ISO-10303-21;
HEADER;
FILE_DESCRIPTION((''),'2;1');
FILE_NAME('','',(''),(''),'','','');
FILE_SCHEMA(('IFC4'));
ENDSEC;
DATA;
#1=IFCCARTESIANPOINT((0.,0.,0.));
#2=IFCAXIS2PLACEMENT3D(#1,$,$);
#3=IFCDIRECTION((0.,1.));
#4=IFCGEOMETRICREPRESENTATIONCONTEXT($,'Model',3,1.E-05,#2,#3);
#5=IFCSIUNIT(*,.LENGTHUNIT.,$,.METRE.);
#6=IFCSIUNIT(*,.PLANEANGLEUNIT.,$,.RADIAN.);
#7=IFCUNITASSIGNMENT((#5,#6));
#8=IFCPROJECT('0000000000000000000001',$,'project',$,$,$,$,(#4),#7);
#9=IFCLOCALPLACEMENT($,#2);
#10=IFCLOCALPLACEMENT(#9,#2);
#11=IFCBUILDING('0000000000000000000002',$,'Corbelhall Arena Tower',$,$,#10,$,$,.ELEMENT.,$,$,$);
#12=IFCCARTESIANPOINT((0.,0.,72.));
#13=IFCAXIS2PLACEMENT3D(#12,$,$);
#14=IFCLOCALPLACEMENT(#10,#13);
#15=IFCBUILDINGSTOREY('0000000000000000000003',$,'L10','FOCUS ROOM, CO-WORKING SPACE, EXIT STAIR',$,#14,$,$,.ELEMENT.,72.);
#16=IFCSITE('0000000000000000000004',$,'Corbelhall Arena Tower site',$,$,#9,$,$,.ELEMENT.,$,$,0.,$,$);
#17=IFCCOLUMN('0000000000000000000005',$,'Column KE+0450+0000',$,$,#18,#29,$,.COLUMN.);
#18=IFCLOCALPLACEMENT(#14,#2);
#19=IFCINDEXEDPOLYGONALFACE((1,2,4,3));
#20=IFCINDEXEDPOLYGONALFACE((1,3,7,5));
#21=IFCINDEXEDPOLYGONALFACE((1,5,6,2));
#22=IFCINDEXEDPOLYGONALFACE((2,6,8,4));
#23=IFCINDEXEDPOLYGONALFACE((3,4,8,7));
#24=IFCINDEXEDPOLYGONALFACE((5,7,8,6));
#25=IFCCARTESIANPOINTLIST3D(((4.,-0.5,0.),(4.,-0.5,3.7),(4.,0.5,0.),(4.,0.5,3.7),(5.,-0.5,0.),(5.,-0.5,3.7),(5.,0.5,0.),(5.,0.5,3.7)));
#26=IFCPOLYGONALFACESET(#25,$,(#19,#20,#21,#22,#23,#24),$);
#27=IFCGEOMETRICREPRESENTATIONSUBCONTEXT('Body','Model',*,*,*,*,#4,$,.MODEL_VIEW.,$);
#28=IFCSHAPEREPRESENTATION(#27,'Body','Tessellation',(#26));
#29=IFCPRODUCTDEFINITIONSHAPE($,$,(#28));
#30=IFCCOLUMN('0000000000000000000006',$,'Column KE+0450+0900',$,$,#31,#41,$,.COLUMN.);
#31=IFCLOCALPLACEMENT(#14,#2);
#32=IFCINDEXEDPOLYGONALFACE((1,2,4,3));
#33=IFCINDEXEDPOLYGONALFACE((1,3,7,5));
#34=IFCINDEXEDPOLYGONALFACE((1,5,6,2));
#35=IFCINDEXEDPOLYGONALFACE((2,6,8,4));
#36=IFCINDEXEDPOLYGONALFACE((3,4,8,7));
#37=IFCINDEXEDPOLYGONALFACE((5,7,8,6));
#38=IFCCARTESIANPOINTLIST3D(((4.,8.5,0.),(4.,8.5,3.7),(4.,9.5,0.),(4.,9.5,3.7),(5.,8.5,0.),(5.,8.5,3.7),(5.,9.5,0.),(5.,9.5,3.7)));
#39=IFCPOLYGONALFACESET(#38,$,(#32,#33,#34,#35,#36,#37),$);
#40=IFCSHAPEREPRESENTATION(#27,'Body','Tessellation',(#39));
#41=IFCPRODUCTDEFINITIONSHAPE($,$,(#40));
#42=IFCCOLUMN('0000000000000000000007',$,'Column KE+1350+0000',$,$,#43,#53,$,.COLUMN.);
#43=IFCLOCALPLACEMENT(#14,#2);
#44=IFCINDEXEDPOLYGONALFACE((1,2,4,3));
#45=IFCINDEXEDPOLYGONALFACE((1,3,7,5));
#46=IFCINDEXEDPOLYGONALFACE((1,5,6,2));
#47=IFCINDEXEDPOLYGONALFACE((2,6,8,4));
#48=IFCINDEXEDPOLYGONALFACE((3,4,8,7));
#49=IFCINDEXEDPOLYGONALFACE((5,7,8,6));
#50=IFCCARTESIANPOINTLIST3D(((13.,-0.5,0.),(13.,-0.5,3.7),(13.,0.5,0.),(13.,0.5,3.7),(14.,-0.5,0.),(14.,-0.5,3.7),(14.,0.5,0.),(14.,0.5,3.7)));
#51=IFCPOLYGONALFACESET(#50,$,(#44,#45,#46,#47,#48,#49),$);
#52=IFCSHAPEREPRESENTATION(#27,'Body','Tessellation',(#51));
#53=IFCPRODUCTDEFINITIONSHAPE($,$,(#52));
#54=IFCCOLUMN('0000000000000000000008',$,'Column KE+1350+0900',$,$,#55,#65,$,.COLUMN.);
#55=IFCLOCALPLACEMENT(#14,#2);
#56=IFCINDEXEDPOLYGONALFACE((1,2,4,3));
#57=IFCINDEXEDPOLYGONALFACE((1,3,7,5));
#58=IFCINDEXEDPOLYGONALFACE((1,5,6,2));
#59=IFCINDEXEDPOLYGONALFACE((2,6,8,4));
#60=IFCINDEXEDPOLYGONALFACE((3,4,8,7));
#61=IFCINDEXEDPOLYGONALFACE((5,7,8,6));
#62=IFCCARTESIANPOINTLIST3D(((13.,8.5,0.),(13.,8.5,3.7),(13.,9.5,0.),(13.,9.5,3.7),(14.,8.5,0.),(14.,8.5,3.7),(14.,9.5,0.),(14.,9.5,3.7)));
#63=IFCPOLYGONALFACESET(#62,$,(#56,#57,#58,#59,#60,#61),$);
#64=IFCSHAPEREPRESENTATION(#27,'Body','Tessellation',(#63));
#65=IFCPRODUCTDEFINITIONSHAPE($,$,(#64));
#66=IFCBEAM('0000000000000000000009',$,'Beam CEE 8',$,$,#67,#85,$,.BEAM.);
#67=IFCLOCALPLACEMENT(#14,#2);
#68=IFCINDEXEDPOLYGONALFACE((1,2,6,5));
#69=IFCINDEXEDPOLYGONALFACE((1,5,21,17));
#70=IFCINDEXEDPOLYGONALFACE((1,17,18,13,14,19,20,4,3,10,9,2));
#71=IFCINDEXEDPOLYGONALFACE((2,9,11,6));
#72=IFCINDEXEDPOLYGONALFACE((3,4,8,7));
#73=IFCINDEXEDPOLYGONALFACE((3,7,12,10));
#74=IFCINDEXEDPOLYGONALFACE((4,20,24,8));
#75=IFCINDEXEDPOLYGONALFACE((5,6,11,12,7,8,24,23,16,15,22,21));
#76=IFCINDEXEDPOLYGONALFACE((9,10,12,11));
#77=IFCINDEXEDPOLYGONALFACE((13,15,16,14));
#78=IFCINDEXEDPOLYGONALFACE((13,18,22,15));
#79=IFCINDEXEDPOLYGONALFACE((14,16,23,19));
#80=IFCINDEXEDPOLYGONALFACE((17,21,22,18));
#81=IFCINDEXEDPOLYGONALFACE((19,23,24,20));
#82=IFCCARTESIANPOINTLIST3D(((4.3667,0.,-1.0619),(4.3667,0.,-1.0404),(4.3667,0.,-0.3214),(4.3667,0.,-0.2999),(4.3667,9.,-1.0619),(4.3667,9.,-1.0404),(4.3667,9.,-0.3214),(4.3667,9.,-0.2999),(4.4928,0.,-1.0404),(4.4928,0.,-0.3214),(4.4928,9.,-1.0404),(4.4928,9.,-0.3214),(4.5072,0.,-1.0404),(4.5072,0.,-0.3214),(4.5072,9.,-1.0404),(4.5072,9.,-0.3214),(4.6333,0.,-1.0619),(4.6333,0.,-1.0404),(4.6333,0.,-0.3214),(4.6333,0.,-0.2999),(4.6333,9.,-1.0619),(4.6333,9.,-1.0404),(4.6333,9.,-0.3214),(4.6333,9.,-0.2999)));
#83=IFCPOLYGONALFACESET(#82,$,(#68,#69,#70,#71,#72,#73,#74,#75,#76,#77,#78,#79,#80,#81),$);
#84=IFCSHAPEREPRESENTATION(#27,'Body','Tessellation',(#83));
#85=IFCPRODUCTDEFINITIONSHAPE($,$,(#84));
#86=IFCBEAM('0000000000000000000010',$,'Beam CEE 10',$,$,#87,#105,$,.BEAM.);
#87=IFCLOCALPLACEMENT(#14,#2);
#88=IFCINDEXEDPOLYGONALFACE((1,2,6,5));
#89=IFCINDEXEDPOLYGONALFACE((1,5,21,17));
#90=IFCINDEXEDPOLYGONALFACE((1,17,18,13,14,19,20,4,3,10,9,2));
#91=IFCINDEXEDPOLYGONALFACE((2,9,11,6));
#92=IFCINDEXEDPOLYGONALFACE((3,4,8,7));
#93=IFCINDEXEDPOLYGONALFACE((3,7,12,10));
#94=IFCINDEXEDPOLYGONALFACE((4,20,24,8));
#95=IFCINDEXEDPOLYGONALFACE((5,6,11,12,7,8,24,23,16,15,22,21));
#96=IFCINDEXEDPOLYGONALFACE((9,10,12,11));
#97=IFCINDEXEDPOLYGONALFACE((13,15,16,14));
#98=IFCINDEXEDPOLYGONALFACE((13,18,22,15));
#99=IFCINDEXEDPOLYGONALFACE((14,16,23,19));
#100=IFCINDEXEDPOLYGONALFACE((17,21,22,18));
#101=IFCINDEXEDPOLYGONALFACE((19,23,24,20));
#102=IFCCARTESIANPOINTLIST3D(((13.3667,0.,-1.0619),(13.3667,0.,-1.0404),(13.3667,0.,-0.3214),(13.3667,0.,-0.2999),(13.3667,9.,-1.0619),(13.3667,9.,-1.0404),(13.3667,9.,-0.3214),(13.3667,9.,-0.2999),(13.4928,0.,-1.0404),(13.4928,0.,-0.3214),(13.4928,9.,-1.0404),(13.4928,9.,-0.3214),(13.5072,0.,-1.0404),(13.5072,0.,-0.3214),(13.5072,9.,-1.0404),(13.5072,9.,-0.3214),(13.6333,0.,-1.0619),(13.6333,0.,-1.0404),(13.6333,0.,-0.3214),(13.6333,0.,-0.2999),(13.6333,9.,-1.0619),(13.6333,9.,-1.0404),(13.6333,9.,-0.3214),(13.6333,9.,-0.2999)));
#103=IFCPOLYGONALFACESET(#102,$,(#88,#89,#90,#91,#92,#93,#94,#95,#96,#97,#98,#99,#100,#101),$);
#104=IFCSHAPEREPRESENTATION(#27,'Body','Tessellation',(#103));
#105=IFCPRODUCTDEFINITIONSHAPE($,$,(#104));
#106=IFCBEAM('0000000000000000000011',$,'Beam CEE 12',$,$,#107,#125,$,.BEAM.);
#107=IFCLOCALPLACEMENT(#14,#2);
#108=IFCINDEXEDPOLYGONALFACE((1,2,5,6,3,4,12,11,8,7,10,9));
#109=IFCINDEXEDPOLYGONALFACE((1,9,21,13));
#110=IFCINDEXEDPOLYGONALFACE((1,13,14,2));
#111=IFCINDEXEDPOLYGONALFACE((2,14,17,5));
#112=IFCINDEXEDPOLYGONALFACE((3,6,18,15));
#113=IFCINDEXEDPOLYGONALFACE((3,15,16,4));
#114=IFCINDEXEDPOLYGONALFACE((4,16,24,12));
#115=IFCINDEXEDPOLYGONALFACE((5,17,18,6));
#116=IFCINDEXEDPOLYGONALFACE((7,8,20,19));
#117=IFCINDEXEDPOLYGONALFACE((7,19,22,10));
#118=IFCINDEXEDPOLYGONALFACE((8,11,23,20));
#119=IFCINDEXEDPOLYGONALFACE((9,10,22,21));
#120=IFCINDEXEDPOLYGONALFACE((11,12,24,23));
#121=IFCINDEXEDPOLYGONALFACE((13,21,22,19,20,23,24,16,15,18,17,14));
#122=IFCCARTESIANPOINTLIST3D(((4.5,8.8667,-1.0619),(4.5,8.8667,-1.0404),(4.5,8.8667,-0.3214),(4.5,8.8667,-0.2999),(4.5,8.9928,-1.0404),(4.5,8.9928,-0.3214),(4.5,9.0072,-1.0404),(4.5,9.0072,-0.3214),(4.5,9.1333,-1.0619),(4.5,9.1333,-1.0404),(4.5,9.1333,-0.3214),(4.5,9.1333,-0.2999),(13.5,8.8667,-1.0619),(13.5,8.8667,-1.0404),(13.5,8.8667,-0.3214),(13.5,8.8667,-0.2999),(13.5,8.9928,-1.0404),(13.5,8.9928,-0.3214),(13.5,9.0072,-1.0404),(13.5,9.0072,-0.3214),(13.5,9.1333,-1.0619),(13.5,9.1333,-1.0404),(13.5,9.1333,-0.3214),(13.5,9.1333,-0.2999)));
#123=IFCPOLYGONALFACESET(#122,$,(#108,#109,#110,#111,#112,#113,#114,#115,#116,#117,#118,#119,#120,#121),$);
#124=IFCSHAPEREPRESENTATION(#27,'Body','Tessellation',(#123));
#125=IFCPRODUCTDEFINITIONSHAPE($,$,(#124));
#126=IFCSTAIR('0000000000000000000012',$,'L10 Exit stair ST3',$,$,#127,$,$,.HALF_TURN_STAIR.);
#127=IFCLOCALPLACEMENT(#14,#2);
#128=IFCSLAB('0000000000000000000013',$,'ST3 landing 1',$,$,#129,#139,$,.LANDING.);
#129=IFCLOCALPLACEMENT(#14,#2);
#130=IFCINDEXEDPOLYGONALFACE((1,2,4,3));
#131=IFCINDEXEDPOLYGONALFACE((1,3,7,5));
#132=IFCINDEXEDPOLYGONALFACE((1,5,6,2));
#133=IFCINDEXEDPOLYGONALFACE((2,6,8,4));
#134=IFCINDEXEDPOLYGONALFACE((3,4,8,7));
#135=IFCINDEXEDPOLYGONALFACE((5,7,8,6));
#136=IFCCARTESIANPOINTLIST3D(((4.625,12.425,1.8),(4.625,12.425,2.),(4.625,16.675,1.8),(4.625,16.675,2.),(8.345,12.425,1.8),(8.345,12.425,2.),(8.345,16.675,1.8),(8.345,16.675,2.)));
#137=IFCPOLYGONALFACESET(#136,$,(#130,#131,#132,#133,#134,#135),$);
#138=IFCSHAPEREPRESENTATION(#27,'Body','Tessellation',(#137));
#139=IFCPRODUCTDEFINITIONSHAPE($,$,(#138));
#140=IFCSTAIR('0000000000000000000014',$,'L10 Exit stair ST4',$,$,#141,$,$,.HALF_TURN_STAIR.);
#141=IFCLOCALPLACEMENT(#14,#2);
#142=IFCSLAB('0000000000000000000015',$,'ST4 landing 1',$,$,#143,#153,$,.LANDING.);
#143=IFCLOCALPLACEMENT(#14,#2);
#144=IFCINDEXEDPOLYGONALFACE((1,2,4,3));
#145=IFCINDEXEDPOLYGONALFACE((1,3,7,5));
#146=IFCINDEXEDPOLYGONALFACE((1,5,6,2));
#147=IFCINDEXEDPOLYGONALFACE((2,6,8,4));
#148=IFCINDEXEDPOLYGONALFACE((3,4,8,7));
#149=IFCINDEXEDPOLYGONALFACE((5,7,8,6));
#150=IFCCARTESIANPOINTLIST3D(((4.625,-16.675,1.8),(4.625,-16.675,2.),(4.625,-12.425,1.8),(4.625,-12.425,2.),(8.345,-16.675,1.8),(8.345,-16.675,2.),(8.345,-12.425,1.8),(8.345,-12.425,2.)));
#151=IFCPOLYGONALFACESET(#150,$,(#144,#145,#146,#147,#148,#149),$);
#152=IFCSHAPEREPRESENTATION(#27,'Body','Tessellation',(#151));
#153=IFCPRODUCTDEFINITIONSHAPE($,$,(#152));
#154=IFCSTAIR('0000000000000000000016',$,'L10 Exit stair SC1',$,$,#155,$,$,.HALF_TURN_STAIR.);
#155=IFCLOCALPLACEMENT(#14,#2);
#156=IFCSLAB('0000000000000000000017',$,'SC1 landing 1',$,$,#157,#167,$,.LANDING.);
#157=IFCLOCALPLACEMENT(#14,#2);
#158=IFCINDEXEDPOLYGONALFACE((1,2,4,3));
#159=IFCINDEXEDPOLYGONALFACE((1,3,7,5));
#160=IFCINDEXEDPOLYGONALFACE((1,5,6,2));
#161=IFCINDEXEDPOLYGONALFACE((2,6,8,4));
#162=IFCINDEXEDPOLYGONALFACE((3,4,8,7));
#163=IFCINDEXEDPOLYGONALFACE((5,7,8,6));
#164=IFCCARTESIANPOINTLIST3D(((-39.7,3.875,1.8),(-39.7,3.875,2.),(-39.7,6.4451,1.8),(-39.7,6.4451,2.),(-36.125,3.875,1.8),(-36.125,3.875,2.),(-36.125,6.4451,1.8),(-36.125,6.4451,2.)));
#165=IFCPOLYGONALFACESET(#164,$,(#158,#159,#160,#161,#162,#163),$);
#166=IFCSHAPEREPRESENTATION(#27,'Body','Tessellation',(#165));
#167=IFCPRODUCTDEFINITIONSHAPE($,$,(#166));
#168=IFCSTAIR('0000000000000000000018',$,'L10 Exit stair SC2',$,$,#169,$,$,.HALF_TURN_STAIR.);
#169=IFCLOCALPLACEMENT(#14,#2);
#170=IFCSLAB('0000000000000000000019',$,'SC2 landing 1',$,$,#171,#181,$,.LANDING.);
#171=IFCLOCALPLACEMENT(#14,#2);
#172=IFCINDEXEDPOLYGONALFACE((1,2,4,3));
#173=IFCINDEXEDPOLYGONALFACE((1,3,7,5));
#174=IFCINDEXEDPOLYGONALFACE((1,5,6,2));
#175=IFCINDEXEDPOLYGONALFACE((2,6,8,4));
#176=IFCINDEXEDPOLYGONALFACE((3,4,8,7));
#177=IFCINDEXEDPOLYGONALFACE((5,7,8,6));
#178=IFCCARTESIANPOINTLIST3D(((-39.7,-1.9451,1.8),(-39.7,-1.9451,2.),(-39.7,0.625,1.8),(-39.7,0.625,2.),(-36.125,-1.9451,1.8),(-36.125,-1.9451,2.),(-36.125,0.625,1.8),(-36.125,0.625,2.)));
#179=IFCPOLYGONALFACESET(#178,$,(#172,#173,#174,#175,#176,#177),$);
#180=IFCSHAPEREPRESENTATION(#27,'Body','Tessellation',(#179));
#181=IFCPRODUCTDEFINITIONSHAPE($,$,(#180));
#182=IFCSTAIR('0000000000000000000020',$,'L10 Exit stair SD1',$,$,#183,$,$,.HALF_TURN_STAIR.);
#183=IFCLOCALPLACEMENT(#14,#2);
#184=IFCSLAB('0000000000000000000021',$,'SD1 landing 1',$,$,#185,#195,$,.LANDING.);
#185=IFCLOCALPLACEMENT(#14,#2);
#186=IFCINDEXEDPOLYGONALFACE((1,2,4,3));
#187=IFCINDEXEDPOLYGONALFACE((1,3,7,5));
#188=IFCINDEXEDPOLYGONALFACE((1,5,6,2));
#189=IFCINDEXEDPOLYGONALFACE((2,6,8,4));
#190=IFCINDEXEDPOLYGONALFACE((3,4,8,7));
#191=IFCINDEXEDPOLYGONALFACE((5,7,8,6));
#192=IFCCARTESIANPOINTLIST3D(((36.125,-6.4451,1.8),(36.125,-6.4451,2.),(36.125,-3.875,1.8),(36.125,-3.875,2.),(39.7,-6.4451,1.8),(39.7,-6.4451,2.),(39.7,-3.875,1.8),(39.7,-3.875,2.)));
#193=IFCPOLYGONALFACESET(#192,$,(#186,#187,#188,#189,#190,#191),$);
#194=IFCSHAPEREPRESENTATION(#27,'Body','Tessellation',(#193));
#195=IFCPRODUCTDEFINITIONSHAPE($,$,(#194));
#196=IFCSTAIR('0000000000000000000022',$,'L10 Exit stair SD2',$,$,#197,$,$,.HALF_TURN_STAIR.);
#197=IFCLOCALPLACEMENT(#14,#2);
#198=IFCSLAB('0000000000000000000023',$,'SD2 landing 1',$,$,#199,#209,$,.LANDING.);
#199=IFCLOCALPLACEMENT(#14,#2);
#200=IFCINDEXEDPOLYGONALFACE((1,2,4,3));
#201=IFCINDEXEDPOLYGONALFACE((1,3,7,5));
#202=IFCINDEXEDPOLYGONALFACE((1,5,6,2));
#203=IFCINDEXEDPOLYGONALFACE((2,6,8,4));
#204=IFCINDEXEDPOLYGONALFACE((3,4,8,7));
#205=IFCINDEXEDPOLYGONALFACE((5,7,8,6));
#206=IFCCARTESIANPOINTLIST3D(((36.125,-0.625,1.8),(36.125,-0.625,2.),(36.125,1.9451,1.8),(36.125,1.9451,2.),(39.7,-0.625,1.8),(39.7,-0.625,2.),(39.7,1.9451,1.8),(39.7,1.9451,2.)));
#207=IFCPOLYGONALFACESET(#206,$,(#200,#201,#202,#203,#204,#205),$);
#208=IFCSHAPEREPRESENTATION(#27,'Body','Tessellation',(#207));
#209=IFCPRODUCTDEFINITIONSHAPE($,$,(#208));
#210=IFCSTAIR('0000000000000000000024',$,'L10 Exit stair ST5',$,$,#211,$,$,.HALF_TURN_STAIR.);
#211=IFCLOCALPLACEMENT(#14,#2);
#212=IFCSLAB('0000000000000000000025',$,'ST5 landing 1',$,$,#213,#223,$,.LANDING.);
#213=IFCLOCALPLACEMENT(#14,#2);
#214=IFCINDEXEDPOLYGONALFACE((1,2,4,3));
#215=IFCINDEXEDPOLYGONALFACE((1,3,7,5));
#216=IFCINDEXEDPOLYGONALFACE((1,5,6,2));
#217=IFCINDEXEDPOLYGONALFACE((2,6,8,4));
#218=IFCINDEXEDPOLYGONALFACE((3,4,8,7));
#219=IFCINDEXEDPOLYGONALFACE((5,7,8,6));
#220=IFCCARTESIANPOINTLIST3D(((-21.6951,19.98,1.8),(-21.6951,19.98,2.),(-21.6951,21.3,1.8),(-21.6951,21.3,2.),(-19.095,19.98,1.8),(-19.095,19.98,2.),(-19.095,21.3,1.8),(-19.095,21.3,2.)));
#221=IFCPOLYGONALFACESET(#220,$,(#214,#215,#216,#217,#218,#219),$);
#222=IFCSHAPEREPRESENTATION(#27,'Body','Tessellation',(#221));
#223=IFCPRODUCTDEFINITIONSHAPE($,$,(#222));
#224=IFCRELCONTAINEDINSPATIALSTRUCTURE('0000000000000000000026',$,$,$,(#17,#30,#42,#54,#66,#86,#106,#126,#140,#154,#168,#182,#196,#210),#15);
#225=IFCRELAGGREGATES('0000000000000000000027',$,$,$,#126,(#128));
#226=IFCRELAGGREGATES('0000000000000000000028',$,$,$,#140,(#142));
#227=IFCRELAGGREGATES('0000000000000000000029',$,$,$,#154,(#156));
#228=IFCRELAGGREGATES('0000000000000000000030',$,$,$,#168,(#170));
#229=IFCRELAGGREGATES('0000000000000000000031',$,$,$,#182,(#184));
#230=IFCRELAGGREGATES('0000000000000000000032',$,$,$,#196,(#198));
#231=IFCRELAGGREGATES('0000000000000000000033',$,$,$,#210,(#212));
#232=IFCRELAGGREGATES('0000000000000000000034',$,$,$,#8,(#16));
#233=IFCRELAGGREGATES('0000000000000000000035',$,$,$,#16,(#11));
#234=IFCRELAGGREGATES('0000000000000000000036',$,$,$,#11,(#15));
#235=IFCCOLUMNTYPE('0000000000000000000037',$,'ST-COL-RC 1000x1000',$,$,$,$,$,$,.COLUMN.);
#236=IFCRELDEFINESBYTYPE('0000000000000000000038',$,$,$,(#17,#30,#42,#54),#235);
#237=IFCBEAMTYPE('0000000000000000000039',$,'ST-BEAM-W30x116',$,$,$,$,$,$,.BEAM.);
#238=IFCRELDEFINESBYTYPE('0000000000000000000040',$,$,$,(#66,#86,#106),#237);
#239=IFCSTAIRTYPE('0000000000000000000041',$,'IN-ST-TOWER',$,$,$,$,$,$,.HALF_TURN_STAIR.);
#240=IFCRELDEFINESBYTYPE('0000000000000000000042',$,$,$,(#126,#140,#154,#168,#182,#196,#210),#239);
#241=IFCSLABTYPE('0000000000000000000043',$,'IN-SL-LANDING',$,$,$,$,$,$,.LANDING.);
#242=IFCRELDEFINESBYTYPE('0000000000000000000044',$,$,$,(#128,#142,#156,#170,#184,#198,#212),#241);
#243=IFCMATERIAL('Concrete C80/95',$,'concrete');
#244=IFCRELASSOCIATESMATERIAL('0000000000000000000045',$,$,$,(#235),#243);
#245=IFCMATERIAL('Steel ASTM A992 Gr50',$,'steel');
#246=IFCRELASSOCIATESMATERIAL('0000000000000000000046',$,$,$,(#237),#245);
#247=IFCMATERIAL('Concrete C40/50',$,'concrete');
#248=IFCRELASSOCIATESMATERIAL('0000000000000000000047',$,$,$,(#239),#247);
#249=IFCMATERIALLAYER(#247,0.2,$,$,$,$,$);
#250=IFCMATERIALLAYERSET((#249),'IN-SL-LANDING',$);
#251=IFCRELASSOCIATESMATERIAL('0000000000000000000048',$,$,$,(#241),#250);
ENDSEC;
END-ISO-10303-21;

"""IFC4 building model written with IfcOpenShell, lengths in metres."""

from ifc_helpers import new_model, si_unit, direction, frame, origin, origin_2d, place, context, subcontext, project, spatial, polyline, rectangle, i_section, outline, extrude, material, layer, layer_set, material_profile, profile_set, type_object, element, aggregate, save


model = new_model("IFC4")

# Units and contexts
model_context = context("Model", 3, precision=1e-05, world=origin(), true_north=direction((0.0, 1.0)))
body_context = subcontext(model_context, "Body", "Model", "MODEL_VIEW")
ifc_project = project(units=[si_unit("LENGTHUNIT", "METRE"), si_unit("PLANEANGLEUNIT", "RADIAN")], contexts=[model_context])

# Site, building, storey
site_placement = place(None, origin())
site = spatial("IfcSite", under=ifc_project, at=site_placement, Name="Corbelhall Arena Tower site", CompositionType="ELEMENT", RefElevation=0.0)
building_placement = place(site_placement, origin())
building = spatial("IfcBuilding", under=site, at=building_placement, Name="Corbelhall Arena Tower", CompositionType="ELEMENT")
storey_placement = place(building_placement, frame((0.0, 0.0, 72.0)))
storey = spatial("IfcBuildingStorey", under=building, at=storey_placement, Name="L10", Description="FOCUS ROOM, CO-WORKING SPACE, EXIT STAIR", CompositionType="ELEMENT", Elevation=72.0)

# Columns
ifc_material_1 = material(Name="Concrete C80/95", Category="concrete")
ifc_material_profile_1 = material_profile(ifc_material_1, rectangle(XDim=1.0, YDim=1.0, at=origin_2d()))
ifc_profile_set_1 = profile_set([ifc_material_profile_1], Name="Concrete C80/95")
column_type = type_object("IfcColumnType", Name="ST-COL-RC 1000x1000", PredefinedType="COLUMN", material=ifc_profile_set_1)
for number, where, z_axis, x_axis, name in (
    (1, (4.5, 0.0, 0.0), (0.0, 0.0, 1.0), (1.0, 0.0, 0.0), "Column KE+0450+0000"),
    (2, (4.5, 9.0, 0.0), (0.0, 0.0, 1.0), (1.0, 0.0, 0.0), "Column KE+0450+0900"),
    (3, (13.5, 0.0, 0.0), (0.0, 0.0, 1.0), (1.0, 0.0, 0.0), "Column KE+1350+0000"),
    (4, (13.5, 9.0, 0.0), (0.0, 0.0, 1.0), (1.0, 0.0, 0.0), "Column KE+1350+0900"),
):
    element("IfcColumn", number, at=place(storey_placement, frame(where, z_axis=z_axis, x_axis=x_axis)), inside=storey, type_object=column_type, Name=name, PredefinedType="COLUMN", context=body_context, shape_type="SweptSolid", body=[
        extrude(rectangle(XDim=1.0, YDim=1.0, at=origin_2d()), origin(), (0.0, 0.0, 1.0), 3.7),
    ])

# Beams
ifc_material_2 = material(Name="Steel ASTM A992 Gr50", Category="steel")
ifc_material_profile_2 = material_profile(ifc_material_2, i_section(OverallWidth=0.2666, OverallDepth=0.762, WebThickness=0.0144, FlangeThickness=0.0215, at=origin_2d()))
ifc_profile_set_2 = profile_set([ifc_material_profile_2], Name="Steel ASTM A992 Gr50")
beam_type = type_object("IfcBeamType", Name="ST-BEAM-W30x116", PredefinedType="BEAM", material=ifc_profile_set_2)
for number, where, z_axis, x_axis, name in (
    (5, (4.5, 0.0, -0.6809), (0.0, 1.0, 0.0), (-1.0, 0.0, 0.0), "Beam CEE 8"),
    (6, (13.5, 0.0, -0.6809), (0.0, 1.0, 0.0), (-1.0, 0.0, 0.0), "Beam CEE 10"),
    (7, (4.5, 9.0, -0.6809), (1.0, 0.0, 0.0), (0.0, 1.0, 0.0), "Beam CEE 12"),
):
    element("IfcBeam", number, at=place(storey_placement, frame(where, z_axis=z_axis, x_axis=x_axis)), inside=storey, type_object=beam_type, Name=name, PredefinedType="BEAM", context=body_context, shape_type="SweptSolid", body=[
        extrude(i_section(OverallWidth=0.2666, OverallDepth=0.762, WebThickness=0.0144, FlangeThickness=0.0215, at=origin_2d()), origin(), (0.0, 0.0, 1.0), 9.0),
    ])

# Stairs, slabs
ifc_material_3 = material(Name="Concrete C40/50", Category="concrete")
stair_type = type_object("IfcStairType", Name="IN-ST-TOWER", PredefinedType="HALF_TURN_STAIR", material=ifc_material_3)
stair_1_placement = place(storey_placement, origin())
stair_1 = element("IfcStair", 8, at=stair_1_placement, inside=storey, type_object=stair_type, Name="L10 Exit stair ST3", PredefinedType="HALF_TURN_STAIR")
ifc_layer_1 = layer(ifc_material_3, 0.2)
ifc_layer_set_1 = layer_set([ifc_layer_1], Name="IN-SL-LANDING")
slab_type = type_object("IfcSlabType", Name="IN-SL-LANDING", PredefinedType="LANDING", material=ifc_layer_set_1)
slab_1_placement = place(storey_placement, frame((0.0, 0.0, 1.8)))
slab_1 = element("IfcSlab", 9, at=slab_1_placement, type_object=slab_type, Name="ST3 landing 1", PredefinedType="LANDING", context=body_context, shape_type="SweptSolid", body=[
    extrude(outline(polyline([(8.345, 16.675), (4.625, 16.675), (4.625, 12.425), (8.345, 12.425), (8.345, 16.675)])), origin(), (0.0, 0.0, 1.0), 0.2),
])
aggregate(stair_1, [slab_1])
stair_2_placement = place(storey_placement, origin())
stair_2 = element("IfcStair", 10, at=stair_2_placement, inside=storey, type_object=stair_type, Name="L10 Exit stair ST4", PredefinedType="HALF_TURN_STAIR")
slab_2_placement = place(storey_placement, frame((0.0, 0.0, 1.8)))
slab_2 = element("IfcSlab", 11, at=slab_2_placement, type_object=slab_type, Name="ST4 landing 1", PredefinedType="LANDING", context=body_context, shape_type="SweptSolid", body=[
    extrude(outline(polyline([(8.345, -12.425), (4.625, -12.425), (4.625, -16.675), (8.345, -16.675), (8.345, -12.425)])), origin(), (0.0, 0.0, 1.0), 0.2),
])
aggregate(stair_2, [slab_2])
stair_3_placement = place(storey_placement, origin())
stair_3 = element("IfcStair", 12, at=stair_3_placement, inside=storey, type_object=stair_type, Name="L10 Exit stair SC1", PredefinedType="HALF_TURN_STAIR")
slab_3_placement = place(storey_placement, frame((0.0, 0.0, 1.8)))
slab_3 = element("IfcSlab", 13, at=slab_3_placement, type_object=slab_type, Name="SC1 landing 1", PredefinedType="LANDING", context=body_context, shape_type="SweptSolid", body=[
    extrude(outline(polyline([(-39.7, 6.4451), (-39.7, 3.875), (-36.125, 3.875), (-36.125, 6.4451), (-39.7, 6.4451)])), origin(), (0.0, 0.0, 1.0), 0.2),
])
aggregate(stair_3, [slab_3])
stair_4_placement = place(storey_placement, origin())
stair_4 = element("IfcStair", 14, at=stair_4_placement, inside=storey, type_object=stair_type, Name="L10 Exit stair SC2", PredefinedType="HALF_TURN_STAIR")
slab_4_placement = place(storey_placement, frame((0.0, 0.0, 1.8)))
slab_4 = element("IfcSlab", 15, at=slab_4_placement, type_object=slab_type, Name="SC2 landing 1", PredefinedType="LANDING", context=body_context, shape_type="SweptSolid", body=[
    extrude(outline(polyline([(-36.125, -1.9451), (-36.125, 0.625), (-39.7, 0.625), (-39.7, -1.9451), (-36.125, -1.9451)])), origin(), (0.0, 0.0, 1.0), 0.2),
])
aggregate(stair_4, [slab_4])
stair_5_placement = place(storey_placement, origin())
stair_5 = element("IfcStair", 16, at=stair_5_placement, inside=storey, type_object=stair_type, Name="L10 Exit stair SD1", PredefinedType="HALF_TURN_STAIR")
slab_5_placement = place(storey_placement, frame((0.0, 0.0, 1.8)))
slab_5 = element("IfcSlab", 17, at=slab_5_placement, type_object=slab_type, Name="SD1 landing 1", PredefinedType="LANDING", context=body_context, shape_type="SweptSolid", body=[
    extrude(outline(polyline([(39.7, -6.4451), (39.7, -3.875), (36.125, -3.875), (36.125, -6.4451), (39.7, -6.4451)])), origin(), (0.0, 0.0, 1.0), 0.2),
])
aggregate(stair_5, [slab_5])
stair_6_placement = place(storey_placement, origin())
stair_6 = element("IfcStair", 18, at=stair_6_placement, inside=storey, type_object=stair_type, Name="L10 Exit stair SD2", PredefinedType="HALF_TURN_STAIR")
slab_6_placement = place(storey_placement, frame((0.0, 0.0, 1.8)))
slab_6 = element("IfcSlab", 19, at=slab_6_placement, type_object=slab_type, Name="SD2 landing 1", PredefinedType="LANDING", context=body_context, shape_type="SweptSolid", body=[
    extrude(outline(polyline([(36.125, 1.9451), (36.125, -0.625), (39.7, -0.625), (39.7, 1.9451), (36.125, 1.9451)])), origin(), (0.0, 0.0, 1.0), 0.2),
])
aggregate(stair_6, [slab_6])
stair_7_placement = place(storey_placement, origin())
stair_7 = element("IfcStair", 20, at=stair_7_placement, inside=storey, type_object=stair_type, Name="L10 Exit stair ST5", PredefinedType="HALF_TURN_STAIR")
slab_7_placement = place(storey_placement, frame((0.0, 0.0, 1.8)))
slab_7 = element("IfcSlab", 21, at=slab_7_placement, type_object=slab_type, Name="ST5 landing 1", PredefinedType="LANDING", context=body_context, shape_type="SweptSolid", body=[
    extrude(outline(polyline([(-19.095, 19.98), (-19.095, 21.3), (-21.6951, 21.3), (-21.6951, 19.98), (-19.095, 19.98)])), origin(), (0.0, 0.0, 1.0), 0.2),
])
aggregate(stair_7, [slab_7])

save(model, "model.ifc")
